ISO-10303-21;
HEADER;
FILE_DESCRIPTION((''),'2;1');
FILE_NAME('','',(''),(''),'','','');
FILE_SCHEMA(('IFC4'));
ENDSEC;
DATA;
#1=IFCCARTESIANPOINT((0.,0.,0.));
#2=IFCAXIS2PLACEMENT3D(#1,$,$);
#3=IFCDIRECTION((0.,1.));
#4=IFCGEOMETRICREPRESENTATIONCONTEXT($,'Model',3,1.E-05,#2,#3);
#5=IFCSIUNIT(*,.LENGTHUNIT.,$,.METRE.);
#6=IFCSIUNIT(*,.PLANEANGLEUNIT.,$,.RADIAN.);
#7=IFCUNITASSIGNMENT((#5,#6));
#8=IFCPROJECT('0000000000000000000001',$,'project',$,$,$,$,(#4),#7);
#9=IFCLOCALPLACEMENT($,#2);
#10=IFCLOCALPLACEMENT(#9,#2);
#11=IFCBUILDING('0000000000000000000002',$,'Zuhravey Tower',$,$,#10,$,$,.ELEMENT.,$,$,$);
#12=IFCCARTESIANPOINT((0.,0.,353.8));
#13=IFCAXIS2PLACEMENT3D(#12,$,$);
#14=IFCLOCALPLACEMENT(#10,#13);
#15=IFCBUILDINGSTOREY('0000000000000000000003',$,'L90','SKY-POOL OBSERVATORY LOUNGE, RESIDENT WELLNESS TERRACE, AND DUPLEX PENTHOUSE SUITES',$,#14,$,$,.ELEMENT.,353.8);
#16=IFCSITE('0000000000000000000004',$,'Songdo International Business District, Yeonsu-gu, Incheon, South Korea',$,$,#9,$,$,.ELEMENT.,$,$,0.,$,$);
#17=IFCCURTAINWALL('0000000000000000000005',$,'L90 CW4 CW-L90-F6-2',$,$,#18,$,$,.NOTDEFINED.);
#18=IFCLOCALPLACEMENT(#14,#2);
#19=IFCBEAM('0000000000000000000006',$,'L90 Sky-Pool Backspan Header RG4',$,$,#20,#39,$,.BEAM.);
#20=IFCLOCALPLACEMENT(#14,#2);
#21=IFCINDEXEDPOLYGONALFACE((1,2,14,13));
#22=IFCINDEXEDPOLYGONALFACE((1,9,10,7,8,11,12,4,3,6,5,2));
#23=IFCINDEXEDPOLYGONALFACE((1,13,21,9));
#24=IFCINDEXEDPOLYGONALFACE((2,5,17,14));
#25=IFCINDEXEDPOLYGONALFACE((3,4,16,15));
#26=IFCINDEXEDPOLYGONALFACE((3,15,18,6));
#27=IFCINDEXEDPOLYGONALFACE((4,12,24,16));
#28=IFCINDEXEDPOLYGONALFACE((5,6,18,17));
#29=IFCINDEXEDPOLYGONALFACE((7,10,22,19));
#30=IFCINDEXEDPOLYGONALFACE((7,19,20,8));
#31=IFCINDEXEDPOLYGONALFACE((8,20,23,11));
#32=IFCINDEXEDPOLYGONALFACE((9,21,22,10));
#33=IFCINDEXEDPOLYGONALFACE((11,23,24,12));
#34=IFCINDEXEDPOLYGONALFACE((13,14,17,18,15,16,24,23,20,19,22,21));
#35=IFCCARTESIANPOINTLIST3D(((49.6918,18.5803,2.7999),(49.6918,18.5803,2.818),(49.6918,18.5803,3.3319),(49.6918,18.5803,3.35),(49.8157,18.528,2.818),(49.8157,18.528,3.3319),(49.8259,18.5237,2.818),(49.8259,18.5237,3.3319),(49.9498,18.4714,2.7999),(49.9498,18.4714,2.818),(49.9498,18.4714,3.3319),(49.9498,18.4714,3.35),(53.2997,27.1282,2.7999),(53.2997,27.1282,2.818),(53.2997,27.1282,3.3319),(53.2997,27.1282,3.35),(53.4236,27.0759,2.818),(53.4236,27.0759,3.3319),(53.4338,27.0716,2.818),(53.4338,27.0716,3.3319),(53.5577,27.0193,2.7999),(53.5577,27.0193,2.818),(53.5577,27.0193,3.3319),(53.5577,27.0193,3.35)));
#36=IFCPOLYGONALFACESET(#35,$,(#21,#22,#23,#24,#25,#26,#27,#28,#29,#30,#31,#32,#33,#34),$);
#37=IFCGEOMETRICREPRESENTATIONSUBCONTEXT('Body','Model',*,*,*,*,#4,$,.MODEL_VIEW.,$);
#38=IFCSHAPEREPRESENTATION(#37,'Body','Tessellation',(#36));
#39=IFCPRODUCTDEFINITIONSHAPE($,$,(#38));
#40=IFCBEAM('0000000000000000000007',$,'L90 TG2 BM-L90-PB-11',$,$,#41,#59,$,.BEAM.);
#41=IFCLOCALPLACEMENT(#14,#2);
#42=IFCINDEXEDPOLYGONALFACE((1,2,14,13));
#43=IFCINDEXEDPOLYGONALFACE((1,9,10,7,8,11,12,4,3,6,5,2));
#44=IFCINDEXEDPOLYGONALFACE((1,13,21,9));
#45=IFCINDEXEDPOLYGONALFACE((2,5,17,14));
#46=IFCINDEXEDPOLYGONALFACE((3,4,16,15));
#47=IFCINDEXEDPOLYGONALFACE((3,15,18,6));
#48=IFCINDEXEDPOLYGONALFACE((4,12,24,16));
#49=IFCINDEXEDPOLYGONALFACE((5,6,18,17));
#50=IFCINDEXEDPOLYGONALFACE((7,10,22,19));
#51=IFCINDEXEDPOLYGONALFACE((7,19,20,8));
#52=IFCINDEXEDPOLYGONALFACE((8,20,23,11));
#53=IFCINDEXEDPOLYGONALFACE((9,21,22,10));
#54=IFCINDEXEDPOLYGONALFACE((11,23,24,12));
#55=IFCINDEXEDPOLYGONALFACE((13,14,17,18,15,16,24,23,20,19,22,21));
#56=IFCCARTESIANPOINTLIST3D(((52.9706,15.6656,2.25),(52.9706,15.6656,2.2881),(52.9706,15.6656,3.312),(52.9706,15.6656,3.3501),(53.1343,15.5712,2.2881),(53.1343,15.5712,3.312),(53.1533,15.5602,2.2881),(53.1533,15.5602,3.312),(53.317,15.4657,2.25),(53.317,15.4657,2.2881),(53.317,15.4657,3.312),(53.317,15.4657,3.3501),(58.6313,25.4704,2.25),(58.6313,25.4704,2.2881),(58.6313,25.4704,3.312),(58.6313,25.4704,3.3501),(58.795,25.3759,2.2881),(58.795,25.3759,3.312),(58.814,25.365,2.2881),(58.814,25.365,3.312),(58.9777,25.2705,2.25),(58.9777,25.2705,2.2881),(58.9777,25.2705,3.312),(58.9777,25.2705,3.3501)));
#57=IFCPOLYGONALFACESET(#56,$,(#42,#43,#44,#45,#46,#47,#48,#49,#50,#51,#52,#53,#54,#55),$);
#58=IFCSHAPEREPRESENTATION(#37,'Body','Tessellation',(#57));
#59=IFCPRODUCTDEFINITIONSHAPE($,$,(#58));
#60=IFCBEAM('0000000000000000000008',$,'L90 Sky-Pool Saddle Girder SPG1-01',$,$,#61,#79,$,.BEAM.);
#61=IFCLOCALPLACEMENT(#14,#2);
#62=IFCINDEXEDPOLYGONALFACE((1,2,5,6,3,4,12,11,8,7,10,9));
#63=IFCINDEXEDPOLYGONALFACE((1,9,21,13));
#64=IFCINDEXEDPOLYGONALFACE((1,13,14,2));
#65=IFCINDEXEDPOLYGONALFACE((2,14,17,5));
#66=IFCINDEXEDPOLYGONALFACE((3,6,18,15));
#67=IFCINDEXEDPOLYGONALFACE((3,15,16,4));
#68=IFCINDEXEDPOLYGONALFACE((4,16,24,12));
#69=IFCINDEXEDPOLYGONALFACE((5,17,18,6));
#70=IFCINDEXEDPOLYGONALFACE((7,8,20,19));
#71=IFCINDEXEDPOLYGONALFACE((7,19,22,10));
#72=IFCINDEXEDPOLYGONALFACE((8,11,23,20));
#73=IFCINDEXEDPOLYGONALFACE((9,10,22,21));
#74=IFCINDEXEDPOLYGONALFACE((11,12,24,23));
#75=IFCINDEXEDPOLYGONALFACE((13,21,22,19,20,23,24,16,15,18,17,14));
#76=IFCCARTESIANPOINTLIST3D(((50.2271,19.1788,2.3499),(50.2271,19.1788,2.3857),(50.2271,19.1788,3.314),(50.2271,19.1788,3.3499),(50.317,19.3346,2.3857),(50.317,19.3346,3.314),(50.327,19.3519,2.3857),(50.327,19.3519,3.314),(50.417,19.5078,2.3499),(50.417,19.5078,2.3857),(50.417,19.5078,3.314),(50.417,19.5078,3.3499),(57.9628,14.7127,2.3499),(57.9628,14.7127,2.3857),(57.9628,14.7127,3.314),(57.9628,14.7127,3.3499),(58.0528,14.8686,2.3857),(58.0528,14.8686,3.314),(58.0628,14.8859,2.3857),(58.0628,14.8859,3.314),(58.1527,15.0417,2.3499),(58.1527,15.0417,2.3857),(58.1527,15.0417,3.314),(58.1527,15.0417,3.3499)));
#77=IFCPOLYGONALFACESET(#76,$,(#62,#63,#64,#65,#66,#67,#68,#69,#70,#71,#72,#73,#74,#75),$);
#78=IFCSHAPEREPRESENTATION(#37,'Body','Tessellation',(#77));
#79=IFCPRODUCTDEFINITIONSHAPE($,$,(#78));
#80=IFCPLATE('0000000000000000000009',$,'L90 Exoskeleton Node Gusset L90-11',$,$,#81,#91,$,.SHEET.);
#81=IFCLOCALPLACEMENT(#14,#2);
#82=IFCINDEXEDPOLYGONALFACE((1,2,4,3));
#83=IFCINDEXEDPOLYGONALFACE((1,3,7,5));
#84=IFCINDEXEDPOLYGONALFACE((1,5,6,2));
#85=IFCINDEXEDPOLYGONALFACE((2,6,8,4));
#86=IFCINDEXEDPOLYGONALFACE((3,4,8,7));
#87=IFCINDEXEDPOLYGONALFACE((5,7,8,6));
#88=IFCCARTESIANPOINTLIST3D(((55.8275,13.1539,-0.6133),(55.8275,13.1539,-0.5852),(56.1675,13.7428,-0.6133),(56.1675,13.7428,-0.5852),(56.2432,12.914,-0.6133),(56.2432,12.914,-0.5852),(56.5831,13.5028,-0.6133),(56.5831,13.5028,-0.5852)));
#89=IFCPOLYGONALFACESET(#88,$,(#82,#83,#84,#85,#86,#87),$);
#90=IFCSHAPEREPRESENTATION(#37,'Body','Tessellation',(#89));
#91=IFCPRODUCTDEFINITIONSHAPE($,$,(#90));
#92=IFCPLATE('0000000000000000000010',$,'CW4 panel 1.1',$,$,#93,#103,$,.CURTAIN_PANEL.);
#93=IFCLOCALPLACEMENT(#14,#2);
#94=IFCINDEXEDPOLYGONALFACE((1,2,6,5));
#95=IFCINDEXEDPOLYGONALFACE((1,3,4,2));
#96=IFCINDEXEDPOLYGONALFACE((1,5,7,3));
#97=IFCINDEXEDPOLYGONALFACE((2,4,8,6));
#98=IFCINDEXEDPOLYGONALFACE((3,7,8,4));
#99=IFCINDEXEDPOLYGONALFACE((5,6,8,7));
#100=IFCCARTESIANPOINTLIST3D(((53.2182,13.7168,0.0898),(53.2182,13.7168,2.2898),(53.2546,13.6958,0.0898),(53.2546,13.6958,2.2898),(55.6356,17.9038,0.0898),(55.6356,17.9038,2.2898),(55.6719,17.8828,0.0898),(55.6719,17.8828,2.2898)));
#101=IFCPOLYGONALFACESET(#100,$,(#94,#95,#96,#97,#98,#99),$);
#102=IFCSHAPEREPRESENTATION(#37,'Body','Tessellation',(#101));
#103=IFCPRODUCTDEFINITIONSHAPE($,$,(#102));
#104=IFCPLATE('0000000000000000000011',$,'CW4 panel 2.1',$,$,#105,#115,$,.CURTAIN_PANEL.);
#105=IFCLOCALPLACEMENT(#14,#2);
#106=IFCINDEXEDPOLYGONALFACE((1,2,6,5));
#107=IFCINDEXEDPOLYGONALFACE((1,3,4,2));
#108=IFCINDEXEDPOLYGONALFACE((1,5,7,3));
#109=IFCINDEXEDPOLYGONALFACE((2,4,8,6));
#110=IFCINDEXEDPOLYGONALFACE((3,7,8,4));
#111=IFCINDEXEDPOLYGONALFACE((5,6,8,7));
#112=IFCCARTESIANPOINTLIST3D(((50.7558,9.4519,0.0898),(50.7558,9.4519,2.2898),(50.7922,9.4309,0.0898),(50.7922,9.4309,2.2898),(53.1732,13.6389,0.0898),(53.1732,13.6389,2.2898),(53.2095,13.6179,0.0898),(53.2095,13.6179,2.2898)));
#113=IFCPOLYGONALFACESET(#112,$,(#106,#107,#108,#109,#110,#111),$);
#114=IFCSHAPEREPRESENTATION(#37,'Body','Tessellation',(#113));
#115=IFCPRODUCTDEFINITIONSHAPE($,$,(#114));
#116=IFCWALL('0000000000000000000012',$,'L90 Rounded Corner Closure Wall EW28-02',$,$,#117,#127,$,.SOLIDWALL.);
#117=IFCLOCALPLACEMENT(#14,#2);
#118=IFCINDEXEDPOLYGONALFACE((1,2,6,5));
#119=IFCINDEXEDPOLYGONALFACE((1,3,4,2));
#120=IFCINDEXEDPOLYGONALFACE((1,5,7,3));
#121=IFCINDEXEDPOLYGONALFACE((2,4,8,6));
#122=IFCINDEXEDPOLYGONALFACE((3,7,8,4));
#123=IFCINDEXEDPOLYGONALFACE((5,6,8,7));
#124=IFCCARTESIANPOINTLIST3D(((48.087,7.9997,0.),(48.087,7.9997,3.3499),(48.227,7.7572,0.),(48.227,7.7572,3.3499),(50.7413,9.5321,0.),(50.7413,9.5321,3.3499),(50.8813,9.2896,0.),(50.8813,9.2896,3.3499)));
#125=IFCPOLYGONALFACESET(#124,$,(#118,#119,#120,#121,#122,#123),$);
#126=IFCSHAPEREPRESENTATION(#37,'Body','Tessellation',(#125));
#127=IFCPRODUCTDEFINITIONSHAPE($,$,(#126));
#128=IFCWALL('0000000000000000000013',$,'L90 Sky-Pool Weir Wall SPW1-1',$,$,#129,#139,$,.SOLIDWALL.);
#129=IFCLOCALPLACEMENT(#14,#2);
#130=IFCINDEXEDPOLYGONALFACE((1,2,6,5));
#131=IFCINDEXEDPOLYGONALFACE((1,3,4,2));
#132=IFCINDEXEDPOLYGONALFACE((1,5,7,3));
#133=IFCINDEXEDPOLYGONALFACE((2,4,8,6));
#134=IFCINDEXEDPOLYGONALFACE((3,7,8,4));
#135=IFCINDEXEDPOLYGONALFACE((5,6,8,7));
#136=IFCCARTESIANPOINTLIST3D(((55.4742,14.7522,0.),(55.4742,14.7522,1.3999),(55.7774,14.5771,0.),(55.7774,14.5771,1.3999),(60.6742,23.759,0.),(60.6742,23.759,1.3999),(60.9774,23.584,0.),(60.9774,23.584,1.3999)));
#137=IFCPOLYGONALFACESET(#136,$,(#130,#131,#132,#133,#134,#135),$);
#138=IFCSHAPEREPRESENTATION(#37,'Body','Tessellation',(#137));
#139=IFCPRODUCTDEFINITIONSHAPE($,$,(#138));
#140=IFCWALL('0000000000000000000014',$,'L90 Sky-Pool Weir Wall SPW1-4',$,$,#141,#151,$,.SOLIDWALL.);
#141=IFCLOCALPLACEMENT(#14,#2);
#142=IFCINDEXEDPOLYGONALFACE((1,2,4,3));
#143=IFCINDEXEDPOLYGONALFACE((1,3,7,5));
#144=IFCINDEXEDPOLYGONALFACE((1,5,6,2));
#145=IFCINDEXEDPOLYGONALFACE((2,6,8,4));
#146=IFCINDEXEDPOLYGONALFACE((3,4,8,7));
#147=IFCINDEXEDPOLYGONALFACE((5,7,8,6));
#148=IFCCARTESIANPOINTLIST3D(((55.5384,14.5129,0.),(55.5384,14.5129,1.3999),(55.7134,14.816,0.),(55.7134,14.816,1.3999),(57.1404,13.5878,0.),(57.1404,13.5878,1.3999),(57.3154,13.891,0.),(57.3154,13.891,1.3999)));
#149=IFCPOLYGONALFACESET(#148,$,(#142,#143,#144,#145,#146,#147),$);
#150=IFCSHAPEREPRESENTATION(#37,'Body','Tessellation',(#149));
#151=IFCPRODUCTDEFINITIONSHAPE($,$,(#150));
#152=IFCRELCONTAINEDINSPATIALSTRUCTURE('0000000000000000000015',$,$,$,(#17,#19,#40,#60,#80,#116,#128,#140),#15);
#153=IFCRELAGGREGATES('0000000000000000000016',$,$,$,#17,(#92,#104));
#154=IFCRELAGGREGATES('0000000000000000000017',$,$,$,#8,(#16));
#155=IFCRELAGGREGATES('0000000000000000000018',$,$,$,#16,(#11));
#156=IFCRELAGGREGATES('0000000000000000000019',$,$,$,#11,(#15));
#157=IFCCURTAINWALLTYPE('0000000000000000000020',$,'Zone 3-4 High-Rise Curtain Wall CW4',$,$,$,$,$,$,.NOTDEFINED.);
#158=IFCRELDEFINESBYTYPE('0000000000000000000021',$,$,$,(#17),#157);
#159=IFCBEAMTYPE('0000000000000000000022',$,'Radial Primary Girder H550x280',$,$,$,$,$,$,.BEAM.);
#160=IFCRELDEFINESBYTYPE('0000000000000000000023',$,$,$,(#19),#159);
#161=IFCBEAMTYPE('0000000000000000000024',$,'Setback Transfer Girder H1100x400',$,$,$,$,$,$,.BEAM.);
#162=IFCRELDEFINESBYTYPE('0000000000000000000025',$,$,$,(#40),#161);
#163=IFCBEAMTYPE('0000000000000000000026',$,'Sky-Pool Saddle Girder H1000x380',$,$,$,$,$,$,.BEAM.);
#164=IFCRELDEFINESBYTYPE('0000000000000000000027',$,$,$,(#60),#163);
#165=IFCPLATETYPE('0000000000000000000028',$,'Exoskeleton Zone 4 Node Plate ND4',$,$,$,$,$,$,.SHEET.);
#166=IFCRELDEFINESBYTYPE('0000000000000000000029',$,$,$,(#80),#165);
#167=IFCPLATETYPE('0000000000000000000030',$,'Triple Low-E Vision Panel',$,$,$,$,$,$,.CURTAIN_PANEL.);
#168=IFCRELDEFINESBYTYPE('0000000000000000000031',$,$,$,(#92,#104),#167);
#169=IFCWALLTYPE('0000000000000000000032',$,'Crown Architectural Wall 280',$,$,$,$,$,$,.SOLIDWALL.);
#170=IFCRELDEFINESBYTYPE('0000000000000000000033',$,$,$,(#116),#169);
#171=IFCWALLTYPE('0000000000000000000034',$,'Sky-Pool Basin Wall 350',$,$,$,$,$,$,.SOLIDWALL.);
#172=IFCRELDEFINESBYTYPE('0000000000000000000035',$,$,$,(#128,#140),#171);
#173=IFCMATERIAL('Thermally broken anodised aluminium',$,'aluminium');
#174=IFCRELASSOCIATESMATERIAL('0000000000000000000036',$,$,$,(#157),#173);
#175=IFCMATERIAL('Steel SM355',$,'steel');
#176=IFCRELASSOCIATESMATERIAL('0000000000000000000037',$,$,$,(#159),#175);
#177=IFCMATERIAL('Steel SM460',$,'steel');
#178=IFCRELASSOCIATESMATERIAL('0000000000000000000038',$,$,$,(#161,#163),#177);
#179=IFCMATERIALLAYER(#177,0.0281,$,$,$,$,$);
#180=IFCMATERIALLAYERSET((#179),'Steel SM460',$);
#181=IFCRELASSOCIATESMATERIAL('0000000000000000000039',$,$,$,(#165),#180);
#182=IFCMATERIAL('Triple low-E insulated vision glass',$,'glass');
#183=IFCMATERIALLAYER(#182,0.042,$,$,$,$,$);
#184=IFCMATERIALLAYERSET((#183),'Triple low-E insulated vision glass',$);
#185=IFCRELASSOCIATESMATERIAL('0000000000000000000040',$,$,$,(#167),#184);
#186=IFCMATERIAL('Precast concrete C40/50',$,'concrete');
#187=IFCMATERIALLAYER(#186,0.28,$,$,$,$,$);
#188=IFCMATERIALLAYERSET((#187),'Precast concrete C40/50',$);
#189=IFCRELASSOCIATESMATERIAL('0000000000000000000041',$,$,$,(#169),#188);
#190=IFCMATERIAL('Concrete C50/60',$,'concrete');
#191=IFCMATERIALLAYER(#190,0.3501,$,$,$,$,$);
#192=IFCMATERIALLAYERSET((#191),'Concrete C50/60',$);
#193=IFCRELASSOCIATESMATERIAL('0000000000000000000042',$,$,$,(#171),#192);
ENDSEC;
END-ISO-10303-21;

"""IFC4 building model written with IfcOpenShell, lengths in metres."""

from ifc_helpers import new_model, si_unit, direction, frame, frame_2d, origin, origin_2d, place, context, subcontext, project, spatial, rectangle, i_section, extrude, material, layer, layer_set, material_profile, profile_set, type_object, element, aggregate, save


model = new_model("IFC4")

# Units and contexts
model_context = context("Model", 3, precision=1e-05, world=origin(), true_north=direction((0.0, 1.0)))
body_context = subcontext(model_context, "Body", "Model", "MODEL_VIEW")
ifc_project = project(units=[si_unit("LENGTHUNIT", "METRE"), si_unit("PLANEANGLEUNIT", "RADIAN")], contexts=[model_context])

# Site, building, storey
site_placement = place(None, origin())
site = spatial("IfcSite", under=ifc_project, at=site_placement, Name="Songdo International Business District, Yeonsu-gu, Incheon, South Korea", CompositionType="ELEMENT", RefElevation=0.0)
building_placement = place(site_placement, origin())
building = spatial("IfcBuilding", under=site, at=building_placement, Name="Zuhravey Tower", CompositionType="ELEMENT")
storey_placement = place(building_placement, frame((0.0, 0.0, 353.8)))
storey = spatial("IfcBuildingStorey", under=building, at=storey_placement, Name="L90", Description="SKY-POOL OBSERVATORY LOUNGE, RESIDENT WELLNESS TERRACE, AND DUPLEX PENTHOUSE SUITES", CompositionType="ELEMENT", Elevation=353.8)

# Shared definitions
ifc_material_1 = material(Name="Concrete C50/60", Category="concrete")

# Curtain wall
ifc_material_2 = material(Name="Thermally broken anodised aluminium", Category="aluminium")
curtain_wall_type = type_object("IfcCurtainWallType", Name="Zone 3-4 High-Rise Curtain Wall CW4", PredefinedType="NOTDEFINED", material=ifc_material_2)
curtain_wall_placement = place(storey_placement, origin())
curtain_wall = element("IfcCurtainWall", 1, at=curtain_wall_placement, inside=storey, type_object=curtain_wall_type, Name="L90 CW4 CW-L90-F6-2", PredefinedType="NOTDEFINED")

# Shared definitions
ifc_material_3 = material(Name="Steel SM460", Category="steel")

# Shared definitions
ifc_material_4 = material(Name="Steel SM355", Category="steel")

# Beams
ifc_material_profile_1 = material_profile(ifc_material_4, i_section(OverallWidth=0.28, OverallDepth=0.55, WebThickness=0.011, FlangeThickness=0.0181, at=origin_2d()), Name="H-550x280x11x18")
ifc_profile_set_1 = profile_set([ifc_material_profile_1], Name="Steel SM355")
beam_type_1 = type_object("IfcBeamType", Name="Radial Primary Girder H550x280", PredefinedType="BEAM", material=ifc_profile_set_1)
beam_1_placement = place(storey_placement, frame((49.8208, 18.5259, 3.075), z_axis=(0.388864, 0.921295, 0.0), x_axis=(-0.921295, 0.388864, 0.0)))
element("IfcBeam", 2, at=beam_1_placement, inside=storey, type_object=beam_type_1, Name="L90 Sky-Pool Backspan Header RG4", PredefinedType="BEAM", context=body_context, shape_type="SweptSolid", body=[
    extrude(i_section(OverallWidth=0.28, OverallDepth=0.55, WebThickness=0.011, FlangeThickness=0.0181, at=origin_2d()), origin(), (0.0, 0.0, 1.0), 9.2781),
])
ifc_material_profile_2 = material_profile(ifc_material_3, i_section(OverallWidth=0.3999, OverallDepth=1.1001, WebThickness=0.022, FlangeThickness=0.0381, at=origin_2d()), Name="H-1100x400x22x38")
ifc_profile_set_2 = profile_set([ifc_material_profile_2], Name="Steel SM460")
beam_type_2 = type_object("IfcBeamType", Name="Setback Transfer Girder H1100x400", PredefinedType="BEAM", material=ifc_profile_set_2)
beam_2_placement = place(storey_placement, frame((53.1438, 15.5657, 2.8), z_axis=(0.499994, 0.866029, 0.0), x_axis=(-0.866029, 0.499994, 0.0)))
element("IfcBeam", 3, at=beam_2_placement, inside=storey, type_object=beam_type_2, Name="L90 TG2 BM-L90-PB-11", PredefinedType="BEAM", context=body_context, shape_type="SweptSolid", body=[
    extrude(i_section(OverallWidth=0.3999, OverallDepth=1.1001, WebThickness=0.022, FlangeThickness=0.0381, at=origin_2d()), origin(), (0.0, 0.0, 1.0), 11.3215),
])
ifc_material_profile_3 = material_profile(ifc_material_3, i_section(OverallWidth=0.3799, OverallDepth=1.0, WebThickness=0.02, FlangeThickness=0.0359, at=origin_2d()), Name="H-1000x380x20x36")
ifc_profile_set_3 = profile_set([ifc_material_profile_3], Name="Steel SM460")
beam_type_3 = type_object("IfcBeamType", Name="Sky-Pool Saddle Girder H1000x380", PredefinedType="BEAM", material=ifc_profile_set_3)
beam_3_placement = place(storey_placement, frame((50.322, 19.3433, 2.8499), z_axis=(0.866036, -0.499981, 0.0), x_axis=(0.499981, 0.866036, 0.0)))
element("IfcBeam", 4, at=beam_3_placement, inside=storey, type_object=beam_type_3, Name="L90 Sky-Pool Saddle Girder SPG1-01", PredefinedType="BEAM", context=body_context, shape_type="SweptSolid", body=[
    extrude(i_section(OverallWidth=0.3799, OverallDepth=1.0, WebThickness=0.02, FlangeThickness=0.0359, at=origin_2d()), origin(), (0.0, 0.0, 1.0), 8.9324),
])

# Plates
ifc_layer_1 = layer(ifc_material_3, 0.0281)
ifc_layer_set_1 = layer_set([ifc_layer_1], Name="Steel SM460")
plate_type_1 = type_object("IfcPlateType", Name="Exoskeleton Zone 4 Node Plate ND4", PredefinedType="SHEET", material=ifc_layer_set_1)
plate_1_placement = place(storey_placement, frame((56.2053, 13.3284, -0.6133), z_axis=(0.0, 0.0, 1.0), x_axis=(0.5, 0.866025, 0.0)))
element("IfcPlate", 5, at=plate_1_placement, inside=storey, type_object=plate_type_1, Name="L90 Exoskeleton Node Gusset L90-11", PredefinedType="SHEET", context=body_context, shape_type="SweptSolid", body=[
    extrude(rectangle(XDim=0.6799, YDim=0.48, at=origin_2d()), origin(), (0.0, 0.0, 1.0), 0.0281),
])
ifc_material_5 = material(Name="Triple low-E insulated vision glass", Category="glass")
ifc_layer_2 = layer(ifc_material_5, 0.042)
ifc_layer_set_2 = layer_set([ifc_layer_2], Name="Triple low-E insulated vision glass")
plate_type_2 = type_object("IfcPlateType", Name="Triple Low-E Vision Panel", PredefinedType="CURTAIN_PANEL", material=ifc_layer_set_2)
plate_2_placement = place(storey_placement, frame((54.4451, 15.7998, 0.0898), z_axis=(0.0, 0.0, 1.0), x_axis=(-0.500003, -0.866024, 0.0)))
plate_2 = element("IfcPlate", 6, at=plate_2_placement, type_object=plate_type_2, Name="CW4 panel 1.1", PredefinedType="CURTAIN_PANEL", context=body_context, shape_type="SweptSolid", body=[
    extrude(rectangle(XDim=4.8347, YDim=0.042, at=origin_2d()), origin(), (0.0, 0.0, 1.0), 2.2),
])
plate_3_placement = place(storey_placement, frame((51.9827, 11.5349, 0.0898), z_axis=(0.0, 0.0, 1.0), x_axis=(-0.500003, -0.866024, 0.0)))
plate_3 = element("IfcPlate", 7, at=plate_3_placement, type_object=plate_type_2, Name="CW4 panel 2.1", PredefinedType="CURTAIN_PANEL", context=body_context, shape_type="SweptSolid", body=[
    extrude(rectangle(XDim=4.8347, YDim=0.042, at=origin_2d()), origin(), (0.0, 0.0, 1.0), 2.2),
])
aggregate(curtain_wall, [plate_2, plate_3])

# Walls
ifc_material_6 = material(Name="Precast concrete C40/50", Category="concrete")
ifc_layer_3 = layer(ifc_material_6, 0.28)
ifc_layer_set_3 = layer_set([ifc_layer_3], Name="Precast concrete C40/50")
wall_type_1 = type_object("IfcWallType", Name="Crown Architectural Wall 280", PredefinedType="SOLIDWALL", material=ifc_layer_set_3)
wall_1_placement = place(storey_placement, frame((50.8113, 9.4109, 0.0), z_axis=(0.0, 0.0, 1.0), x_axis=(-0.866024, -0.500003, 0.0)))
element("IfcWall", 8, at=wall_1_placement, inside=storey, type_object=wall_type_1, Name="L90 Rounded Corner Closure Wall EW28-02", PredefinedType="SOLIDWALL", context=body_context, shape_type="SweptSolid", body=[
    extrude(rectangle(XDim=3.0649, YDim=0.28, at=frame_2d((1.5325, 0.0))), origin(), (0.0, 0.0, 1.0), 3.3499),
])
ifc_layer_4 = layer(ifc_material_1, 0.3501)
ifc_layer_set_4 = layer_set([ifc_layer_4], Name="Concrete C50/60")
wall_type_2 = type_object("IfcWallType", Name="Sky-Pool Basin Wall 350", PredefinedType="SOLIDWALL", material=ifc_layer_set_4)
wall_2_placement = place(storey_placement, frame((55.6257, 14.6646, 0.0), z_axis=(0.0, 0.0, 1.0), x_axis=(0.499989, 0.866032, 0.0)))
element("IfcWall", 9, at=wall_2_placement, inside=storey, type_object=wall_type_2, Name="L90 Sky-Pool Weir Wall SPW1-1", PredefinedType="SOLIDWALL", context=body_context, shape_type="SweptSolid", body=[
    extrude(rectangle(XDim=10.4001, YDim=0.3501, at=frame_2d((5.2002, 0.0))), origin(), (0.0, 0.0, 1.0), 1.3999),
])
wall_3_placement = place(storey_placement, frame((57.2278, 13.7395, 0.0), z_axis=(0.0, 0.0, 1.0), x_axis=(-0.866001, 0.500042, 0.0)))
element("IfcWall", 10, at=wall_3_placement, inside=storey, type_object=wall_type_2, Name="L90 Sky-Pool Weir Wall SPW1-4", PredefinedType="SOLIDWALL", context=body_context, shape_type="SweptSolid", body=[
    extrude(rectangle(XDim=1.8499, YDim=0.3501, at=frame_2d((0.9248, 0.0))), origin(), (0.0, 0.0, 1.0), 1.3999),
])

save(model, "model.ifc")
